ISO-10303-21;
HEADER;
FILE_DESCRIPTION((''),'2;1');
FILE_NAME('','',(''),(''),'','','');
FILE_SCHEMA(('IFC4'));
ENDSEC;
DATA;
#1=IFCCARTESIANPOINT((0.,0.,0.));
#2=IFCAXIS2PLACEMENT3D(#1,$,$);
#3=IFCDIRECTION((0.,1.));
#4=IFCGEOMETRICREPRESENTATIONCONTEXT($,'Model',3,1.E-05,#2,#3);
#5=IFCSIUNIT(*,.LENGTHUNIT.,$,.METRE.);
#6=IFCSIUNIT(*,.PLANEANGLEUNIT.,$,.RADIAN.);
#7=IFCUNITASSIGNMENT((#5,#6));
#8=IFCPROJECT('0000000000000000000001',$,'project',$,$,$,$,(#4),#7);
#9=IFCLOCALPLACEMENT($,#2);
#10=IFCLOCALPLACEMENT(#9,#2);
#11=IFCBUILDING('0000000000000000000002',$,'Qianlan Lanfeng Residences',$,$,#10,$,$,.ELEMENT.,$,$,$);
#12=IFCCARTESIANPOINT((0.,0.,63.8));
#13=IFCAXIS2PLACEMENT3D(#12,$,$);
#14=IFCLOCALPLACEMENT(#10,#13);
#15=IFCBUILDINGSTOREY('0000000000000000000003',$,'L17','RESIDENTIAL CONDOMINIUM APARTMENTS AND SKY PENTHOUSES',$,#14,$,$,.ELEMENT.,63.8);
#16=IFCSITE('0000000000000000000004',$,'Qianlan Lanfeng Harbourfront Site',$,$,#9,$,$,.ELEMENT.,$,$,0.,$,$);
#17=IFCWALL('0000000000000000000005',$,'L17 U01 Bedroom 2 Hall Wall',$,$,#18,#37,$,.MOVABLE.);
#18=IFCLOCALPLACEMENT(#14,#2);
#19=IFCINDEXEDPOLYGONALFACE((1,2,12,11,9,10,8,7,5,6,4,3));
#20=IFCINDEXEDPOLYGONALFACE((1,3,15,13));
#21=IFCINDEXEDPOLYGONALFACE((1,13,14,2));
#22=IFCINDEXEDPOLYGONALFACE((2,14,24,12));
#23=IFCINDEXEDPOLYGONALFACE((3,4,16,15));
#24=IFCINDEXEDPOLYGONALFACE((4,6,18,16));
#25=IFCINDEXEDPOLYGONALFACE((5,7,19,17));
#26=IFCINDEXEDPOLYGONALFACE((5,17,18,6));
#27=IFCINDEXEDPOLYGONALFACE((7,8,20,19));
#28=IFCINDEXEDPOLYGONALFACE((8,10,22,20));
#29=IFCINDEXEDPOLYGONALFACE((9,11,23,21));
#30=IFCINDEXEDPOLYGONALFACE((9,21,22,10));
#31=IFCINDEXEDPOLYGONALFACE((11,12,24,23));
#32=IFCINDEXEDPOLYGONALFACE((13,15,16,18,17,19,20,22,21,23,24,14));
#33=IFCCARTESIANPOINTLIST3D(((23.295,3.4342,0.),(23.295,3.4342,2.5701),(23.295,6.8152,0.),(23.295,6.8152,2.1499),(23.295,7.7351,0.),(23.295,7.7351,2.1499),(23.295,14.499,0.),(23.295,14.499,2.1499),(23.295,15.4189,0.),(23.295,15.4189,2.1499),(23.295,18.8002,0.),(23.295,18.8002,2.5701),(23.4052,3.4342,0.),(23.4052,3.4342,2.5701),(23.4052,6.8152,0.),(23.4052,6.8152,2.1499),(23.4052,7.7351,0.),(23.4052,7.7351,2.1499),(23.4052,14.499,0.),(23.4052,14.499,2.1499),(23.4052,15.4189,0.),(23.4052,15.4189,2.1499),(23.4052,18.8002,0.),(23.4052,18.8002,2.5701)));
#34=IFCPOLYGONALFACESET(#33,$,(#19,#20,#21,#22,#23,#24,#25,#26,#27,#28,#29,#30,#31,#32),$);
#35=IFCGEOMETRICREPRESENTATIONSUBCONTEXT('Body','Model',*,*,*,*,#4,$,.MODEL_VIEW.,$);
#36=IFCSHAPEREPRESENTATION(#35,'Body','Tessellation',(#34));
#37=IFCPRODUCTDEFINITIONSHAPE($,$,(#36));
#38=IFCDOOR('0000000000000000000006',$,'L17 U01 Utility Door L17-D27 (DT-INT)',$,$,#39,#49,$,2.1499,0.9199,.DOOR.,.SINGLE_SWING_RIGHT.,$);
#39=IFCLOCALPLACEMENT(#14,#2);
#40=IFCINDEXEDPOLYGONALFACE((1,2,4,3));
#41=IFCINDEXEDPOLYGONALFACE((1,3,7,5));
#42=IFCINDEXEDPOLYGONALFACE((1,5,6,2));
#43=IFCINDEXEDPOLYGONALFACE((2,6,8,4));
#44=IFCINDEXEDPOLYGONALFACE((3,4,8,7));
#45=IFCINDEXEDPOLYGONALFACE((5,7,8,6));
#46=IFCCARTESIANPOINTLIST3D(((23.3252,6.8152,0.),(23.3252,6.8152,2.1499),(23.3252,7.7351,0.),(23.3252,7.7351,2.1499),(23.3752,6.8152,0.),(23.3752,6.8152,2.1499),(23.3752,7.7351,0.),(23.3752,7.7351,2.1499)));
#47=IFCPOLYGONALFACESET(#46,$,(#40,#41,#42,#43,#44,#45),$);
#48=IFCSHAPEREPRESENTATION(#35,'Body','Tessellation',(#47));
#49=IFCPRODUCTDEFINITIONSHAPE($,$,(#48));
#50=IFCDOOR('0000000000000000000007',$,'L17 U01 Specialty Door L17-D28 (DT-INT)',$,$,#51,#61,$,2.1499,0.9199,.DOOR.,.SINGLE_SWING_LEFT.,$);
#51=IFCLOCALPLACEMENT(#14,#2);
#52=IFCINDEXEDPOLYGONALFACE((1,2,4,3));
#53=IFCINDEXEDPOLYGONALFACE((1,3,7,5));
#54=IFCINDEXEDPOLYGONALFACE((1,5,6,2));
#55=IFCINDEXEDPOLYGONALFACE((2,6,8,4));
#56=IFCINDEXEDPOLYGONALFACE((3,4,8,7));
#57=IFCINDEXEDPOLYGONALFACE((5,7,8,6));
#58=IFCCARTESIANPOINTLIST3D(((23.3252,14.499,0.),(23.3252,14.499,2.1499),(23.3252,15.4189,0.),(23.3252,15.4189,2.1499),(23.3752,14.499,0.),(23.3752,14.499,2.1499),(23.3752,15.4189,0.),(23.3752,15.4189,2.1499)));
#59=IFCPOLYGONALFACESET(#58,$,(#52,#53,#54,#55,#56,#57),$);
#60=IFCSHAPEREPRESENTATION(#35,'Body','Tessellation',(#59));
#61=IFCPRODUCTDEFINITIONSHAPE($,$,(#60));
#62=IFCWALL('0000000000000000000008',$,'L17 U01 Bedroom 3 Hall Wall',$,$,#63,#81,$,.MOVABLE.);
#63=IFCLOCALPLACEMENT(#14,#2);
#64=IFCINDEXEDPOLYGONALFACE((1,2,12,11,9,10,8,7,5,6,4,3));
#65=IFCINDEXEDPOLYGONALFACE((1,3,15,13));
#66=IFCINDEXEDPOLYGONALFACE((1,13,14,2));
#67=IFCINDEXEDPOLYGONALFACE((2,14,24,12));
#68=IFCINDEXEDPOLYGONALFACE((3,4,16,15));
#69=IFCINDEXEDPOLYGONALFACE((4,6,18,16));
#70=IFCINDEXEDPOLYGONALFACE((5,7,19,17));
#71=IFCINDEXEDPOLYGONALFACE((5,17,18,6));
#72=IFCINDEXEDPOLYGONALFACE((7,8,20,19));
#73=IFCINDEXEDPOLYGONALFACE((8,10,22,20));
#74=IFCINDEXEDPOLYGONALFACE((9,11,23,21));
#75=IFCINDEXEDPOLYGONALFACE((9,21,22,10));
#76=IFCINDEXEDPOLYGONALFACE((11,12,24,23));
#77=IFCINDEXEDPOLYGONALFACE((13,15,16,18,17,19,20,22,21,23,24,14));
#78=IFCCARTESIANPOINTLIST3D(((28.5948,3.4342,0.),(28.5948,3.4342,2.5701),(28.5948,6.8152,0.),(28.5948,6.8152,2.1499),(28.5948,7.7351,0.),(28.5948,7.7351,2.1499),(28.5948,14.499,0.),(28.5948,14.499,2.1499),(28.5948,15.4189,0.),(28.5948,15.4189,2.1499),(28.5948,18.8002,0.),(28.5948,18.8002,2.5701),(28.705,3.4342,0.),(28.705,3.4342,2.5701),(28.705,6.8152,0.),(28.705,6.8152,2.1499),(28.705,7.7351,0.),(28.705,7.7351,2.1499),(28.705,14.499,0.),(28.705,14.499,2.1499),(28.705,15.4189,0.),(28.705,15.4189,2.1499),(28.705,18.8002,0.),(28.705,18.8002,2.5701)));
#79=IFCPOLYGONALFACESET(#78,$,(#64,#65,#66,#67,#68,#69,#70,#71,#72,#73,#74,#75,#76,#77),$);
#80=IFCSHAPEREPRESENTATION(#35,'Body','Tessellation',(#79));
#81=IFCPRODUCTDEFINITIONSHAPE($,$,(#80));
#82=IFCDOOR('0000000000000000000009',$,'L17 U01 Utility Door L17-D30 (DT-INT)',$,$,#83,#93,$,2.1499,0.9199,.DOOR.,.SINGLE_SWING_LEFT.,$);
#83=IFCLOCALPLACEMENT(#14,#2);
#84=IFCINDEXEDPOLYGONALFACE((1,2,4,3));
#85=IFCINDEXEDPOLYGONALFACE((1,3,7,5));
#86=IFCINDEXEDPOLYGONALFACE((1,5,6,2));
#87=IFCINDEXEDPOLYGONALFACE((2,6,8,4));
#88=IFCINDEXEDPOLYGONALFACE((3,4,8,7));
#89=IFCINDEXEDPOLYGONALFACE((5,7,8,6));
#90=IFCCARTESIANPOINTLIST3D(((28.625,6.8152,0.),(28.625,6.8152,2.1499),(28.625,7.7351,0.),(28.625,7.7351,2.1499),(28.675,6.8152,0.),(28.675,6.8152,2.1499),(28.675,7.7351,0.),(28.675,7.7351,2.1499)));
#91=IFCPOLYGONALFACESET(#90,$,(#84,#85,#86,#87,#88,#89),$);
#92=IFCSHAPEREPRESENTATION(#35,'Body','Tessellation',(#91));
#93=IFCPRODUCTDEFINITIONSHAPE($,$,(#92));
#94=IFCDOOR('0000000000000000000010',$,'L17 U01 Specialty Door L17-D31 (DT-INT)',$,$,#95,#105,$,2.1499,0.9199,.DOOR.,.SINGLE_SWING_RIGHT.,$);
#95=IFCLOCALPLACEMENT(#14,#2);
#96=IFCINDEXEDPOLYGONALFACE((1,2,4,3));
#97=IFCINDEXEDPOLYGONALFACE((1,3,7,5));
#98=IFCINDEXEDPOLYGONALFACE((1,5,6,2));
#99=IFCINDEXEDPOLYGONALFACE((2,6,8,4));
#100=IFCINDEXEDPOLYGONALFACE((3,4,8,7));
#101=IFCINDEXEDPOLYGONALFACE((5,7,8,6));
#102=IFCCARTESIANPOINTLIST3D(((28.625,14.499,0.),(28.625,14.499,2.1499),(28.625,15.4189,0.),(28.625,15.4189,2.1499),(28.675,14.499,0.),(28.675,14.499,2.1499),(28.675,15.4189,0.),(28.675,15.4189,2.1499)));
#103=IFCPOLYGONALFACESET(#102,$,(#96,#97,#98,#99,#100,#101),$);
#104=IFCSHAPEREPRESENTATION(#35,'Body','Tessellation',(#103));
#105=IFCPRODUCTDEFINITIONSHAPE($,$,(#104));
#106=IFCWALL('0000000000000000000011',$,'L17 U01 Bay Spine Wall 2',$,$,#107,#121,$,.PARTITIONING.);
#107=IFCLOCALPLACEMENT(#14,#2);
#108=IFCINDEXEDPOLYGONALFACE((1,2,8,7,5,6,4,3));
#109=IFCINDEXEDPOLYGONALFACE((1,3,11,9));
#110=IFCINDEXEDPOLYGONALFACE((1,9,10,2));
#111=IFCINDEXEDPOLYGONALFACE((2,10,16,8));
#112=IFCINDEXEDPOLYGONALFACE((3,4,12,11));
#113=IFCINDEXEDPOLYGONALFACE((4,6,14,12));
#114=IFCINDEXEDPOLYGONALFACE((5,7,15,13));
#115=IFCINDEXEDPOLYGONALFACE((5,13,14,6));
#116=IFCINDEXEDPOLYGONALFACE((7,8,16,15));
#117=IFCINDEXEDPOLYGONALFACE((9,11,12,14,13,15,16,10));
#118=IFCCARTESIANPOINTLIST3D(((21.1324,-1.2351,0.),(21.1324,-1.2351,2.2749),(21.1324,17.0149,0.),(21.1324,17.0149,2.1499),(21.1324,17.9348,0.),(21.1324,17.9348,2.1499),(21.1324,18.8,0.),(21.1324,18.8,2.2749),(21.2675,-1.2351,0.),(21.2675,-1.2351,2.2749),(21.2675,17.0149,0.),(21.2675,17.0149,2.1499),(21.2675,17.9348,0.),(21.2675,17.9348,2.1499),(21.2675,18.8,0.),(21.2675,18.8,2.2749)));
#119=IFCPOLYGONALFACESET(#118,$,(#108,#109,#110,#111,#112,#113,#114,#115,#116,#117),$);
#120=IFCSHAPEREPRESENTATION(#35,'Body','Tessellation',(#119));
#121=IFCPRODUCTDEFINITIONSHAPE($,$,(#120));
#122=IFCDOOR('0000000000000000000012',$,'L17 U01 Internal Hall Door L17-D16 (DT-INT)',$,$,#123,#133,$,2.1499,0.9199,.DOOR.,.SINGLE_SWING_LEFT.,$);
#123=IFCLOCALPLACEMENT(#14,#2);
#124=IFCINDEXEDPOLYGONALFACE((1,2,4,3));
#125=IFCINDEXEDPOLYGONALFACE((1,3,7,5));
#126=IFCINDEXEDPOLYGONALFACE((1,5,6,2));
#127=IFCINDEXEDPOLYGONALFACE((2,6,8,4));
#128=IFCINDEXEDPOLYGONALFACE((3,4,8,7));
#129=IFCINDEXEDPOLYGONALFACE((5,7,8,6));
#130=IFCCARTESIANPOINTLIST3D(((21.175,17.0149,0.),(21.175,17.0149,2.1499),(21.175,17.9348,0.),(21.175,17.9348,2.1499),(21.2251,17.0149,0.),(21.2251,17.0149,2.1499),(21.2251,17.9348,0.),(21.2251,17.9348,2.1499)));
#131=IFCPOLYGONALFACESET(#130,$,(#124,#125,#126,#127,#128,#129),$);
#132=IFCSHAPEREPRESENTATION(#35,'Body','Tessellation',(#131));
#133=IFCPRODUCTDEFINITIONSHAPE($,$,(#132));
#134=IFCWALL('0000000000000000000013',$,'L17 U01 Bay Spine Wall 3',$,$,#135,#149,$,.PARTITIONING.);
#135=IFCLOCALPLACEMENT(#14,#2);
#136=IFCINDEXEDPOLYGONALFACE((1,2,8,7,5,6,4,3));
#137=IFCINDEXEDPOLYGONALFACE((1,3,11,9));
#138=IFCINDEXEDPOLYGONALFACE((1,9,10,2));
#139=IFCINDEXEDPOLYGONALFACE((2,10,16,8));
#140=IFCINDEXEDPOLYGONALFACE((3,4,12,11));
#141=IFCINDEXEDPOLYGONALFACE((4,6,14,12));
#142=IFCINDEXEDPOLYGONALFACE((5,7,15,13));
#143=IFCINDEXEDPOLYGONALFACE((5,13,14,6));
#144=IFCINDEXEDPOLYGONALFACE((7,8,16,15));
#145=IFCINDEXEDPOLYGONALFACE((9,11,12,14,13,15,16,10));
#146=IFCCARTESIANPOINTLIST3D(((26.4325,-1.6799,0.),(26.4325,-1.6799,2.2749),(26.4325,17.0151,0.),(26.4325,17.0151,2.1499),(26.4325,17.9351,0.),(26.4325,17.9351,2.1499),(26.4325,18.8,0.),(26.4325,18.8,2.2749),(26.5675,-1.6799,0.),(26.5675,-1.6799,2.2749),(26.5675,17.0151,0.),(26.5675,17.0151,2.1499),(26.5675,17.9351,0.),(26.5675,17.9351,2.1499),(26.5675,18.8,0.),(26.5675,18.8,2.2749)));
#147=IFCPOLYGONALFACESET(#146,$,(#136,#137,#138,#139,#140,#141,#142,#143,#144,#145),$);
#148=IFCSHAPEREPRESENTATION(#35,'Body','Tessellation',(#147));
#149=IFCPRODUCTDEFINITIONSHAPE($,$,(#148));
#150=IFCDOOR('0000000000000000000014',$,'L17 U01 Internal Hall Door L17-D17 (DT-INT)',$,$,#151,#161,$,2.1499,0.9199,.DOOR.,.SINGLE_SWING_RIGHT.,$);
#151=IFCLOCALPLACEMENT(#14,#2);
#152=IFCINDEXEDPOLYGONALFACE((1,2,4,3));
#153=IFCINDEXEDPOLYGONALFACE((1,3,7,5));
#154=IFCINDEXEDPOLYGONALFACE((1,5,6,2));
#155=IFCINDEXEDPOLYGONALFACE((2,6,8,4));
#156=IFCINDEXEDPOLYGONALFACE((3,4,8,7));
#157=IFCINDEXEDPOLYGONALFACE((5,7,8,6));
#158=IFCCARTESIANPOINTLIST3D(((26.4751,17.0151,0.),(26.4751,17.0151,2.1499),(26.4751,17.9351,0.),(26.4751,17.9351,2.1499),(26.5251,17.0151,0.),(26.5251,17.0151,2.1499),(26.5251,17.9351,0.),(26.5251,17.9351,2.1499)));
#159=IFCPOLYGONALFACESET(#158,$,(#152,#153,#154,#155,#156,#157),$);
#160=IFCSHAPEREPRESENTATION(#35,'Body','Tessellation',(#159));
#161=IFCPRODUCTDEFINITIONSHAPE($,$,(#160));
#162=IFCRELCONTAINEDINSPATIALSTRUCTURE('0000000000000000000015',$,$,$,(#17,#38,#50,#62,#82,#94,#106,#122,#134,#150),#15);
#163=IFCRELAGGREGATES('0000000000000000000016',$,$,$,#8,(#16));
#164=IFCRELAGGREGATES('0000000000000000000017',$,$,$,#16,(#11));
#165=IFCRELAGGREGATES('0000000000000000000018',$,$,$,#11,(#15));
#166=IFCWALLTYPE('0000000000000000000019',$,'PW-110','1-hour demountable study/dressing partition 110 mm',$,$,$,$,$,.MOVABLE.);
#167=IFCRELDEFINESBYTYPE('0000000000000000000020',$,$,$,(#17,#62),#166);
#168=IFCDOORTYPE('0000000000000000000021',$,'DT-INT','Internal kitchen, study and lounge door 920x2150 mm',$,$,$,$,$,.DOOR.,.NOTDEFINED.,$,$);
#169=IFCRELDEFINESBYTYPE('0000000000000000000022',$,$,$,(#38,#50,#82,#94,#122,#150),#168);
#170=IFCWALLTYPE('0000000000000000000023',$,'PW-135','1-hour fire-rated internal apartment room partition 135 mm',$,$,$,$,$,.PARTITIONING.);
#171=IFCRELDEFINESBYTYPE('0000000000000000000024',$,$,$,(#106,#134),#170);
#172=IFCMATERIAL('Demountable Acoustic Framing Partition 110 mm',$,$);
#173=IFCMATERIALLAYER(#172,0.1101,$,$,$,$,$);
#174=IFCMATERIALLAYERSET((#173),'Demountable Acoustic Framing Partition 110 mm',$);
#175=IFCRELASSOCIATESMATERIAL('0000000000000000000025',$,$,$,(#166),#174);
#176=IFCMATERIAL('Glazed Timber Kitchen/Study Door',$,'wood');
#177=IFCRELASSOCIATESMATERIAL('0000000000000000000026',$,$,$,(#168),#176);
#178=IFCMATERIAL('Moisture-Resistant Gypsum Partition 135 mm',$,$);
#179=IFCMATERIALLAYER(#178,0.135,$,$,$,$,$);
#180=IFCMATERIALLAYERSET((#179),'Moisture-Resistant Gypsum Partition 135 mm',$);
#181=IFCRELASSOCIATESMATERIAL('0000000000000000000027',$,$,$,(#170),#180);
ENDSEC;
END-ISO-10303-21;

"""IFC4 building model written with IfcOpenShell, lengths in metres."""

from ifc_helpers import new_model, si_unit, direction, frame, frame_2d, origin, place, context, subcontext, project, spatial, rectangle, extrude, material, layer, layer_set, type_object, element, fill, save


model = new_model("IFC4")

# Units and contexts
model_context = context("Model", 3, precision=1e-05, world=origin(), true_north=direction((0.0, 1.0)))
body_context = subcontext(model_context, "Body", "Model", "MODEL_VIEW")
ifc_project = project(units=[si_unit("LENGTHUNIT", "METRE"), si_unit("PLANEANGLEUNIT", "RADIAN")], contexts=[model_context])

# Site, building, storey
site_placement = place(None, origin())
site = spatial("IfcSite", under=ifc_project, at=site_placement, Name="Qianlan Lanfeng Harbourfront Site", CompositionType="ELEMENT", RefElevation=0.0)
building_placement = place(site_placement, origin())
building = spatial("IfcBuilding", under=site, at=building_placement, Name="Qianlan Lanfeng Residences", CompositionType="ELEMENT")
storey_placement = place(building_placement, frame((0.0, 0.0, 63.8)))
storey = spatial("IfcBuildingStorey", under=building, at=storey_placement, Name="L17", Description="RESIDENTIAL CONDOMINIUM APARTMENTS AND SKY PENTHOUSES", CompositionType="ELEMENT", Elevation=63.8)

# Walls, openings, doors
ifc_material_1 = material(Name="Demountable Acoustic Framing Partition 110 mm")
ifc_layer_1 = layer(ifc_material_1, 0.1101)
ifc_layer_set_1 = layer_set([ifc_layer_1], Name="Demountable Acoustic Framing Partition 110 mm")
wall_type_1 = type_object("IfcWallType", Name="PW-110", Description="1-hour demountable study/dressing partition 110 mm", PredefinedType="MOVABLE", material=ifc_layer_set_1)
wall_1_placement = place(storey_placement, frame((23.3501, 3.4341, 0.0), z_axis=(0.0, 0.0, 1.0), x_axis=(0.0, 1.0, 0.0)))
wall_1 = element("IfcWall", 1, at=wall_1_placement, inside=storey, type_object=wall_type_1, Name="L17 U01 Bedroom 2 Hall Wall", PredefinedType="MOVABLE", context=body_context, shape_type="SweptSolid", body=[
    extrude(rectangle(XDim=15.366, YDim=0.1101, at=frame_2d((7.6831, 0.0))), origin(), (0.0, 0.0, 1.0), 2.5701),
])
opening_1_placement = place(wall_1_placement, frame((3.3811, 0.0, 0.0)))
opening_1 = element("IfcOpeningElement", 2, at=opening_1_placement, cuts=wall_1, PredefinedType="OPENING", context=body_context, shape_type="SweptSolid", body=[
    extrude(rectangle(XDim=0.9199, YDim=2.1499, at=frame_2d((0.46, 1.075))), frame((0.0, 0.0649, 0.0), z_axis=(0.0, -1.0, 0.0), x_axis=(1.0, 0.0, 0.0)), (0.0, 0.0, 1.0), 0.1301),
])
opening_2_placement = place(wall_1_placement, frame((11.0649, 0.0, 0.0)))
opening_2 = element("IfcOpeningElement", 3, at=opening_2_placement, cuts=wall_1, PredefinedType="OPENING", context=body_context, shape_type="SweptSolid", body=[
    extrude(rectangle(XDim=0.9199, YDim=2.1499, at=frame_2d((0.46, 1.075))), frame((0.0, 0.0649, 0.0), z_axis=(0.0, -1.0, 0.0), x_axis=(1.0, 0.0, 0.0)), (0.0, 0.0, 1.0), 0.1301),
])
ifc_material_2 = material(Name="Glazed Timber Kitchen/Study Door", Category="wood")
door_type_1 = type_object("IfcDoorType", Name="DT-INT", Description="Internal kitchen, study and lounge door 920x2150 mm", OperationType="NOTDEFINED", PredefinedType="DOOR", material=ifc_material_2)
door_1_placement = place(opening_1_placement, origin())
door_1 = element("IfcDoor", 4, at=door_1_placement, inside=storey, type_object=door_type_1, Name="L17 U01 Utility Door L17-D27 (DT-INT)", OperationType="SINGLE_SWING_RIGHT", OverallHeight=2.1499, OverallWidth=0.9199, PredefinedType="DOOR", context=body_context, shape_type="SweptSolid", body=[
    extrude(rectangle(XDim=0.9199, YDim=2.1499, at=frame_2d((0.46, 1.075))), frame((0.0, 0.0249, 0.0), z_axis=(0.0, -1.0, 0.0), x_axis=(1.0, 0.0, 0.0)), (0.0, 0.0, 1.0), 0.05),
])
fill(opening_1, door_1)
door_2_placement = place(opening_2_placement, origin())
door_2 = element("IfcDoor", 5, at=door_2_placement, inside=storey, type_object=door_type_1, Name="L17 U01 Specialty Door L17-D28 (DT-INT)", OperationType="SINGLE_SWING_LEFT", OverallHeight=2.1499, OverallWidth=0.9199, PredefinedType="DOOR", context=body_context, shape_type="SweptSolid", body=[
    extrude(rectangle(XDim=0.9199, YDim=2.1499, at=frame_2d((0.46, 1.075))), frame((0.0, 0.0249, 0.0), z_axis=(0.0, -1.0, 0.0), x_axis=(1.0, 0.0, 0.0)), (0.0, 0.0, 1.0), 0.05),
])
fill(opening_2, door_2)
wall_2_placement = place(storey_placement, frame((28.6499, 3.4341, 0.0), z_axis=(0.0, 0.0, 1.0), x_axis=(0.0, 1.0, 0.0)))
wall_2 = element("IfcWall", 6, at=wall_2_placement, inside=storey, type_object=wall_type_1, Name="L17 U01 Bedroom 3 Hall Wall", PredefinedType="MOVABLE", context=body_context, shape_type="SweptSolid", body=[
    extrude(rectangle(XDim=15.366, YDim=0.1101, at=frame_2d((7.6831, 0.0))), origin(), (0.0, 0.0, 1.0), 2.5701),
])
opening_3_placement = place(wall_2_placement, frame((3.3811, 0.0, 0.0)))
opening_3 = element("IfcOpeningElement", 7, at=opening_3_placement, cuts=wall_2, PredefinedType="OPENING", context=body_context, shape_type="SweptSolid", body=[
    extrude(rectangle(XDim=0.9199, YDim=2.1499, at=frame_2d((0.46, 1.075))), frame((0.0, 0.0649, 0.0), z_axis=(0.0, -1.0, 0.0), x_axis=(1.0, 0.0, 0.0)), (0.0, 0.0, 1.0), 0.1301),
])
opening_4_placement = place(wall_2_placement, frame((11.0649, 0.0, 0.0)))
opening_4 = element("IfcOpeningElement", 8, at=opening_4_placement, cuts=wall_2, PredefinedType="OPENING", context=body_context, shape_type="SweptSolid", body=[
    extrude(rectangle(XDim=0.9199, YDim=2.1499, at=frame_2d((0.46, 1.075))), frame((0.0, 0.0649, 0.0), z_axis=(0.0, -1.0, 0.0), x_axis=(1.0, 0.0, 0.0)), (0.0, 0.0, 1.0), 0.1301),
])
door_3_placement = place(opening_3_placement, origin())
door_3 = element("IfcDoor", 9, at=door_3_placement, inside=storey, type_object=door_type_1, Name="L17 U01 Utility Door L17-D30 (DT-INT)", OperationType="SINGLE_SWING_LEFT", OverallHeight=2.1499, OverallWidth=0.9199, PredefinedType="DOOR", context=body_context, shape_type="SweptSolid", body=[
    extrude(rectangle(XDim=0.9199, YDim=2.1499, at=frame_2d((0.46, 1.075))), frame((0.0, 0.0249, 0.0), z_axis=(0.0, -1.0, 0.0), x_axis=(1.0, 0.0, 0.0)), (0.0, 0.0, 1.0), 0.05),
])
fill(opening_3, door_3)
door_4_placement = place(opening_4_placement, origin())
door_4 = element("IfcDoor", 10, at=door_4_placement, inside=storey, type_object=door_type_1, Name="L17 U01 Specialty Door L17-D31 (DT-INT)", OperationType="SINGLE_SWING_RIGHT", OverallHeight=2.1499, OverallWidth=0.9199, PredefinedType="DOOR", context=body_context, shape_type="SweptSolid", body=[
    extrude(rectangle(XDim=0.9199, YDim=2.1499, at=frame_2d((0.46, 1.075))), frame((0.0, 0.0249, 0.0), z_axis=(0.0, -1.0, 0.0), x_axis=(1.0, 0.0, 0.0)), (0.0, 0.0, 1.0), 0.05),
])
fill(opening_4, door_4)

# Walls, openings, doors
ifc_material_3 = material(Name="Moisture-Resistant Gypsum Partition 135 mm")
ifc_layer_2 = layer(ifc_material_3, 0.135)
ifc_layer_set_2 = layer_set([ifc_layer_2], Name="Moisture-Resistant Gypsum Partition 135 mm")
wall_type_2 = type_object("IfcWallType", Name="PW-135", Description="1-hour fire-rated internal apartment room partition 135 mm", PredefinedType="PARTITIONING", material=ifc_layer_set_2)
wall_3_placement = place(storey_placement, frame((21.2, -1.2351, 0.0), z_axis=(0.0, 0.0, 1.0), x_axis=(0.0, 1.0, 0.0)))
wall_3 = element("IfcWall", 11, at=wall_3_placement, inside=storey, type_object=wall_type_2, Name="L17 U01 Bay Spine Wall 2", PredefinedType="PARTITIONING", context=body_context, shape_type="SweptSolid", body=[
    extrude(rectangle(XDim=20.0352, YDim=0.135, at=frame_2d((10.0176, 0.0))), origin(), (0.0, 0.0, 1.0), 2.2749),
])
opening_5_placement = place(wall_3_placement, frame((18.25, 0.0, 0.0)))
opening_5 = element("IfcOpeningElement", 12, at=opening_5_placement, cuts=wall_3, PredefinedType="OPENING", context=body_context, shape_type="SweptSolid", body=[
    extrude(rectangle(XDim=0.9199, YDim=2.1499, at=frame_2d((0.46, 1.075))), frame((0.0, 0.0776, 0.0), z_axis=(0.0, -1.0, 0.0), x_axis=(1.0, 0.0, 0.0)), (0.0, 0.0, 1.0), 0.155),
])
door_5_placement = place(opening_5_placement, origin())
door_5 = element("IfcDoor", 13, at=door_5_placement, inside=storey, type_object=door_type_1, Name="L17 U01 Internal Hall Door L17-D16 (DT-INT)", OperationType="SINGLE_SWING_LEFT", OverallHeight=2.1499, OverallWidth=0.9199, PredefinedType="DOOR", context=body_context, shape_type="SweptSolid", body=[
    extrude(rectangle(XDim=0.9199, YDim=2.1499, at=frame_2d((0.46, 1.075))), frame((0.0, 0.0249, 0.0), z_axis=(0.0, -1.0, 0.0), x_axis=(1.0, 0.0, 0.0)), (0.0, 0.0, 1.0), 0.05),
])
fill(opening_5, door_5)
wall_4_placement = place(storey_placement, frame((26.5, -1.6799, 0.0), z_axis=(0.0, 0.0, 1.0), x_axis=(0.0, 1.0, 0.0)))
wall_4 = element("IfcWall", 14, at=wall_4_placement, inside=storey, type_object=wall_type_2, Name="L17 U01 Bay Spine Wall 3", PredefinedType="PARTITIONING", context=body_context, shape_type="SweptSolid", body=[
    extrude(rectangle(XDim=20.48, YDim=0.135, at=frame_2d((10.24, 0.0))), origin(), (0.0, 0.0, 1.0), 2.2749),
])
opening_6_placement = place(wall_4_placement, frame((18.6951, 0.0, 0.0)))
opening_6 = element("IfcOpeningElement", 15, at=opening_6_placement, cuts=wall_4, PredefinedType="OPENING", context=body_context, shape_type="SweptSolid", body=[
    extrude(rectangle(XDim=0.9199, YDim=2.1499, at=frame_2d((0.46, 1.075))), frame((0.0, 0.0776, 0.0), z_axis=(0.0, -1.0, 0.0), x_axis=(1.0, 0.0, 0.0)), (0.0, 0.0, 1.0), 0.155),
])
door_6_placement = place(opening_6_placement, origin())
door_6 = element("IfcDoor", 16, at=door_6_placement, inside=storey, type_object=door_type_1, Name="L17 U01 Internal Hall Door L17-D17 (DT-INT)", OperationType="SINGLE_SWING_RIGHT", OverallHeight=2.1499, OverallWidth=0.9199, PredefinedType="DOOR", context=body_context, shape_type="SweptSolid", body=[
    extrude(rectangle(XDim=0.9199, YDim=2.1499, at=frame_2d((0.46, 1.075))), frame((0.0, 0.0249, 0.0), z_axis=(0.0, -1.0, 0.0), x_axis=(1.0, 0.0, 0.0)), (0.0, 0.0, 1.0), 0.05),
])
fill(opening_6, door_6)

save(model, "model.ifc")
